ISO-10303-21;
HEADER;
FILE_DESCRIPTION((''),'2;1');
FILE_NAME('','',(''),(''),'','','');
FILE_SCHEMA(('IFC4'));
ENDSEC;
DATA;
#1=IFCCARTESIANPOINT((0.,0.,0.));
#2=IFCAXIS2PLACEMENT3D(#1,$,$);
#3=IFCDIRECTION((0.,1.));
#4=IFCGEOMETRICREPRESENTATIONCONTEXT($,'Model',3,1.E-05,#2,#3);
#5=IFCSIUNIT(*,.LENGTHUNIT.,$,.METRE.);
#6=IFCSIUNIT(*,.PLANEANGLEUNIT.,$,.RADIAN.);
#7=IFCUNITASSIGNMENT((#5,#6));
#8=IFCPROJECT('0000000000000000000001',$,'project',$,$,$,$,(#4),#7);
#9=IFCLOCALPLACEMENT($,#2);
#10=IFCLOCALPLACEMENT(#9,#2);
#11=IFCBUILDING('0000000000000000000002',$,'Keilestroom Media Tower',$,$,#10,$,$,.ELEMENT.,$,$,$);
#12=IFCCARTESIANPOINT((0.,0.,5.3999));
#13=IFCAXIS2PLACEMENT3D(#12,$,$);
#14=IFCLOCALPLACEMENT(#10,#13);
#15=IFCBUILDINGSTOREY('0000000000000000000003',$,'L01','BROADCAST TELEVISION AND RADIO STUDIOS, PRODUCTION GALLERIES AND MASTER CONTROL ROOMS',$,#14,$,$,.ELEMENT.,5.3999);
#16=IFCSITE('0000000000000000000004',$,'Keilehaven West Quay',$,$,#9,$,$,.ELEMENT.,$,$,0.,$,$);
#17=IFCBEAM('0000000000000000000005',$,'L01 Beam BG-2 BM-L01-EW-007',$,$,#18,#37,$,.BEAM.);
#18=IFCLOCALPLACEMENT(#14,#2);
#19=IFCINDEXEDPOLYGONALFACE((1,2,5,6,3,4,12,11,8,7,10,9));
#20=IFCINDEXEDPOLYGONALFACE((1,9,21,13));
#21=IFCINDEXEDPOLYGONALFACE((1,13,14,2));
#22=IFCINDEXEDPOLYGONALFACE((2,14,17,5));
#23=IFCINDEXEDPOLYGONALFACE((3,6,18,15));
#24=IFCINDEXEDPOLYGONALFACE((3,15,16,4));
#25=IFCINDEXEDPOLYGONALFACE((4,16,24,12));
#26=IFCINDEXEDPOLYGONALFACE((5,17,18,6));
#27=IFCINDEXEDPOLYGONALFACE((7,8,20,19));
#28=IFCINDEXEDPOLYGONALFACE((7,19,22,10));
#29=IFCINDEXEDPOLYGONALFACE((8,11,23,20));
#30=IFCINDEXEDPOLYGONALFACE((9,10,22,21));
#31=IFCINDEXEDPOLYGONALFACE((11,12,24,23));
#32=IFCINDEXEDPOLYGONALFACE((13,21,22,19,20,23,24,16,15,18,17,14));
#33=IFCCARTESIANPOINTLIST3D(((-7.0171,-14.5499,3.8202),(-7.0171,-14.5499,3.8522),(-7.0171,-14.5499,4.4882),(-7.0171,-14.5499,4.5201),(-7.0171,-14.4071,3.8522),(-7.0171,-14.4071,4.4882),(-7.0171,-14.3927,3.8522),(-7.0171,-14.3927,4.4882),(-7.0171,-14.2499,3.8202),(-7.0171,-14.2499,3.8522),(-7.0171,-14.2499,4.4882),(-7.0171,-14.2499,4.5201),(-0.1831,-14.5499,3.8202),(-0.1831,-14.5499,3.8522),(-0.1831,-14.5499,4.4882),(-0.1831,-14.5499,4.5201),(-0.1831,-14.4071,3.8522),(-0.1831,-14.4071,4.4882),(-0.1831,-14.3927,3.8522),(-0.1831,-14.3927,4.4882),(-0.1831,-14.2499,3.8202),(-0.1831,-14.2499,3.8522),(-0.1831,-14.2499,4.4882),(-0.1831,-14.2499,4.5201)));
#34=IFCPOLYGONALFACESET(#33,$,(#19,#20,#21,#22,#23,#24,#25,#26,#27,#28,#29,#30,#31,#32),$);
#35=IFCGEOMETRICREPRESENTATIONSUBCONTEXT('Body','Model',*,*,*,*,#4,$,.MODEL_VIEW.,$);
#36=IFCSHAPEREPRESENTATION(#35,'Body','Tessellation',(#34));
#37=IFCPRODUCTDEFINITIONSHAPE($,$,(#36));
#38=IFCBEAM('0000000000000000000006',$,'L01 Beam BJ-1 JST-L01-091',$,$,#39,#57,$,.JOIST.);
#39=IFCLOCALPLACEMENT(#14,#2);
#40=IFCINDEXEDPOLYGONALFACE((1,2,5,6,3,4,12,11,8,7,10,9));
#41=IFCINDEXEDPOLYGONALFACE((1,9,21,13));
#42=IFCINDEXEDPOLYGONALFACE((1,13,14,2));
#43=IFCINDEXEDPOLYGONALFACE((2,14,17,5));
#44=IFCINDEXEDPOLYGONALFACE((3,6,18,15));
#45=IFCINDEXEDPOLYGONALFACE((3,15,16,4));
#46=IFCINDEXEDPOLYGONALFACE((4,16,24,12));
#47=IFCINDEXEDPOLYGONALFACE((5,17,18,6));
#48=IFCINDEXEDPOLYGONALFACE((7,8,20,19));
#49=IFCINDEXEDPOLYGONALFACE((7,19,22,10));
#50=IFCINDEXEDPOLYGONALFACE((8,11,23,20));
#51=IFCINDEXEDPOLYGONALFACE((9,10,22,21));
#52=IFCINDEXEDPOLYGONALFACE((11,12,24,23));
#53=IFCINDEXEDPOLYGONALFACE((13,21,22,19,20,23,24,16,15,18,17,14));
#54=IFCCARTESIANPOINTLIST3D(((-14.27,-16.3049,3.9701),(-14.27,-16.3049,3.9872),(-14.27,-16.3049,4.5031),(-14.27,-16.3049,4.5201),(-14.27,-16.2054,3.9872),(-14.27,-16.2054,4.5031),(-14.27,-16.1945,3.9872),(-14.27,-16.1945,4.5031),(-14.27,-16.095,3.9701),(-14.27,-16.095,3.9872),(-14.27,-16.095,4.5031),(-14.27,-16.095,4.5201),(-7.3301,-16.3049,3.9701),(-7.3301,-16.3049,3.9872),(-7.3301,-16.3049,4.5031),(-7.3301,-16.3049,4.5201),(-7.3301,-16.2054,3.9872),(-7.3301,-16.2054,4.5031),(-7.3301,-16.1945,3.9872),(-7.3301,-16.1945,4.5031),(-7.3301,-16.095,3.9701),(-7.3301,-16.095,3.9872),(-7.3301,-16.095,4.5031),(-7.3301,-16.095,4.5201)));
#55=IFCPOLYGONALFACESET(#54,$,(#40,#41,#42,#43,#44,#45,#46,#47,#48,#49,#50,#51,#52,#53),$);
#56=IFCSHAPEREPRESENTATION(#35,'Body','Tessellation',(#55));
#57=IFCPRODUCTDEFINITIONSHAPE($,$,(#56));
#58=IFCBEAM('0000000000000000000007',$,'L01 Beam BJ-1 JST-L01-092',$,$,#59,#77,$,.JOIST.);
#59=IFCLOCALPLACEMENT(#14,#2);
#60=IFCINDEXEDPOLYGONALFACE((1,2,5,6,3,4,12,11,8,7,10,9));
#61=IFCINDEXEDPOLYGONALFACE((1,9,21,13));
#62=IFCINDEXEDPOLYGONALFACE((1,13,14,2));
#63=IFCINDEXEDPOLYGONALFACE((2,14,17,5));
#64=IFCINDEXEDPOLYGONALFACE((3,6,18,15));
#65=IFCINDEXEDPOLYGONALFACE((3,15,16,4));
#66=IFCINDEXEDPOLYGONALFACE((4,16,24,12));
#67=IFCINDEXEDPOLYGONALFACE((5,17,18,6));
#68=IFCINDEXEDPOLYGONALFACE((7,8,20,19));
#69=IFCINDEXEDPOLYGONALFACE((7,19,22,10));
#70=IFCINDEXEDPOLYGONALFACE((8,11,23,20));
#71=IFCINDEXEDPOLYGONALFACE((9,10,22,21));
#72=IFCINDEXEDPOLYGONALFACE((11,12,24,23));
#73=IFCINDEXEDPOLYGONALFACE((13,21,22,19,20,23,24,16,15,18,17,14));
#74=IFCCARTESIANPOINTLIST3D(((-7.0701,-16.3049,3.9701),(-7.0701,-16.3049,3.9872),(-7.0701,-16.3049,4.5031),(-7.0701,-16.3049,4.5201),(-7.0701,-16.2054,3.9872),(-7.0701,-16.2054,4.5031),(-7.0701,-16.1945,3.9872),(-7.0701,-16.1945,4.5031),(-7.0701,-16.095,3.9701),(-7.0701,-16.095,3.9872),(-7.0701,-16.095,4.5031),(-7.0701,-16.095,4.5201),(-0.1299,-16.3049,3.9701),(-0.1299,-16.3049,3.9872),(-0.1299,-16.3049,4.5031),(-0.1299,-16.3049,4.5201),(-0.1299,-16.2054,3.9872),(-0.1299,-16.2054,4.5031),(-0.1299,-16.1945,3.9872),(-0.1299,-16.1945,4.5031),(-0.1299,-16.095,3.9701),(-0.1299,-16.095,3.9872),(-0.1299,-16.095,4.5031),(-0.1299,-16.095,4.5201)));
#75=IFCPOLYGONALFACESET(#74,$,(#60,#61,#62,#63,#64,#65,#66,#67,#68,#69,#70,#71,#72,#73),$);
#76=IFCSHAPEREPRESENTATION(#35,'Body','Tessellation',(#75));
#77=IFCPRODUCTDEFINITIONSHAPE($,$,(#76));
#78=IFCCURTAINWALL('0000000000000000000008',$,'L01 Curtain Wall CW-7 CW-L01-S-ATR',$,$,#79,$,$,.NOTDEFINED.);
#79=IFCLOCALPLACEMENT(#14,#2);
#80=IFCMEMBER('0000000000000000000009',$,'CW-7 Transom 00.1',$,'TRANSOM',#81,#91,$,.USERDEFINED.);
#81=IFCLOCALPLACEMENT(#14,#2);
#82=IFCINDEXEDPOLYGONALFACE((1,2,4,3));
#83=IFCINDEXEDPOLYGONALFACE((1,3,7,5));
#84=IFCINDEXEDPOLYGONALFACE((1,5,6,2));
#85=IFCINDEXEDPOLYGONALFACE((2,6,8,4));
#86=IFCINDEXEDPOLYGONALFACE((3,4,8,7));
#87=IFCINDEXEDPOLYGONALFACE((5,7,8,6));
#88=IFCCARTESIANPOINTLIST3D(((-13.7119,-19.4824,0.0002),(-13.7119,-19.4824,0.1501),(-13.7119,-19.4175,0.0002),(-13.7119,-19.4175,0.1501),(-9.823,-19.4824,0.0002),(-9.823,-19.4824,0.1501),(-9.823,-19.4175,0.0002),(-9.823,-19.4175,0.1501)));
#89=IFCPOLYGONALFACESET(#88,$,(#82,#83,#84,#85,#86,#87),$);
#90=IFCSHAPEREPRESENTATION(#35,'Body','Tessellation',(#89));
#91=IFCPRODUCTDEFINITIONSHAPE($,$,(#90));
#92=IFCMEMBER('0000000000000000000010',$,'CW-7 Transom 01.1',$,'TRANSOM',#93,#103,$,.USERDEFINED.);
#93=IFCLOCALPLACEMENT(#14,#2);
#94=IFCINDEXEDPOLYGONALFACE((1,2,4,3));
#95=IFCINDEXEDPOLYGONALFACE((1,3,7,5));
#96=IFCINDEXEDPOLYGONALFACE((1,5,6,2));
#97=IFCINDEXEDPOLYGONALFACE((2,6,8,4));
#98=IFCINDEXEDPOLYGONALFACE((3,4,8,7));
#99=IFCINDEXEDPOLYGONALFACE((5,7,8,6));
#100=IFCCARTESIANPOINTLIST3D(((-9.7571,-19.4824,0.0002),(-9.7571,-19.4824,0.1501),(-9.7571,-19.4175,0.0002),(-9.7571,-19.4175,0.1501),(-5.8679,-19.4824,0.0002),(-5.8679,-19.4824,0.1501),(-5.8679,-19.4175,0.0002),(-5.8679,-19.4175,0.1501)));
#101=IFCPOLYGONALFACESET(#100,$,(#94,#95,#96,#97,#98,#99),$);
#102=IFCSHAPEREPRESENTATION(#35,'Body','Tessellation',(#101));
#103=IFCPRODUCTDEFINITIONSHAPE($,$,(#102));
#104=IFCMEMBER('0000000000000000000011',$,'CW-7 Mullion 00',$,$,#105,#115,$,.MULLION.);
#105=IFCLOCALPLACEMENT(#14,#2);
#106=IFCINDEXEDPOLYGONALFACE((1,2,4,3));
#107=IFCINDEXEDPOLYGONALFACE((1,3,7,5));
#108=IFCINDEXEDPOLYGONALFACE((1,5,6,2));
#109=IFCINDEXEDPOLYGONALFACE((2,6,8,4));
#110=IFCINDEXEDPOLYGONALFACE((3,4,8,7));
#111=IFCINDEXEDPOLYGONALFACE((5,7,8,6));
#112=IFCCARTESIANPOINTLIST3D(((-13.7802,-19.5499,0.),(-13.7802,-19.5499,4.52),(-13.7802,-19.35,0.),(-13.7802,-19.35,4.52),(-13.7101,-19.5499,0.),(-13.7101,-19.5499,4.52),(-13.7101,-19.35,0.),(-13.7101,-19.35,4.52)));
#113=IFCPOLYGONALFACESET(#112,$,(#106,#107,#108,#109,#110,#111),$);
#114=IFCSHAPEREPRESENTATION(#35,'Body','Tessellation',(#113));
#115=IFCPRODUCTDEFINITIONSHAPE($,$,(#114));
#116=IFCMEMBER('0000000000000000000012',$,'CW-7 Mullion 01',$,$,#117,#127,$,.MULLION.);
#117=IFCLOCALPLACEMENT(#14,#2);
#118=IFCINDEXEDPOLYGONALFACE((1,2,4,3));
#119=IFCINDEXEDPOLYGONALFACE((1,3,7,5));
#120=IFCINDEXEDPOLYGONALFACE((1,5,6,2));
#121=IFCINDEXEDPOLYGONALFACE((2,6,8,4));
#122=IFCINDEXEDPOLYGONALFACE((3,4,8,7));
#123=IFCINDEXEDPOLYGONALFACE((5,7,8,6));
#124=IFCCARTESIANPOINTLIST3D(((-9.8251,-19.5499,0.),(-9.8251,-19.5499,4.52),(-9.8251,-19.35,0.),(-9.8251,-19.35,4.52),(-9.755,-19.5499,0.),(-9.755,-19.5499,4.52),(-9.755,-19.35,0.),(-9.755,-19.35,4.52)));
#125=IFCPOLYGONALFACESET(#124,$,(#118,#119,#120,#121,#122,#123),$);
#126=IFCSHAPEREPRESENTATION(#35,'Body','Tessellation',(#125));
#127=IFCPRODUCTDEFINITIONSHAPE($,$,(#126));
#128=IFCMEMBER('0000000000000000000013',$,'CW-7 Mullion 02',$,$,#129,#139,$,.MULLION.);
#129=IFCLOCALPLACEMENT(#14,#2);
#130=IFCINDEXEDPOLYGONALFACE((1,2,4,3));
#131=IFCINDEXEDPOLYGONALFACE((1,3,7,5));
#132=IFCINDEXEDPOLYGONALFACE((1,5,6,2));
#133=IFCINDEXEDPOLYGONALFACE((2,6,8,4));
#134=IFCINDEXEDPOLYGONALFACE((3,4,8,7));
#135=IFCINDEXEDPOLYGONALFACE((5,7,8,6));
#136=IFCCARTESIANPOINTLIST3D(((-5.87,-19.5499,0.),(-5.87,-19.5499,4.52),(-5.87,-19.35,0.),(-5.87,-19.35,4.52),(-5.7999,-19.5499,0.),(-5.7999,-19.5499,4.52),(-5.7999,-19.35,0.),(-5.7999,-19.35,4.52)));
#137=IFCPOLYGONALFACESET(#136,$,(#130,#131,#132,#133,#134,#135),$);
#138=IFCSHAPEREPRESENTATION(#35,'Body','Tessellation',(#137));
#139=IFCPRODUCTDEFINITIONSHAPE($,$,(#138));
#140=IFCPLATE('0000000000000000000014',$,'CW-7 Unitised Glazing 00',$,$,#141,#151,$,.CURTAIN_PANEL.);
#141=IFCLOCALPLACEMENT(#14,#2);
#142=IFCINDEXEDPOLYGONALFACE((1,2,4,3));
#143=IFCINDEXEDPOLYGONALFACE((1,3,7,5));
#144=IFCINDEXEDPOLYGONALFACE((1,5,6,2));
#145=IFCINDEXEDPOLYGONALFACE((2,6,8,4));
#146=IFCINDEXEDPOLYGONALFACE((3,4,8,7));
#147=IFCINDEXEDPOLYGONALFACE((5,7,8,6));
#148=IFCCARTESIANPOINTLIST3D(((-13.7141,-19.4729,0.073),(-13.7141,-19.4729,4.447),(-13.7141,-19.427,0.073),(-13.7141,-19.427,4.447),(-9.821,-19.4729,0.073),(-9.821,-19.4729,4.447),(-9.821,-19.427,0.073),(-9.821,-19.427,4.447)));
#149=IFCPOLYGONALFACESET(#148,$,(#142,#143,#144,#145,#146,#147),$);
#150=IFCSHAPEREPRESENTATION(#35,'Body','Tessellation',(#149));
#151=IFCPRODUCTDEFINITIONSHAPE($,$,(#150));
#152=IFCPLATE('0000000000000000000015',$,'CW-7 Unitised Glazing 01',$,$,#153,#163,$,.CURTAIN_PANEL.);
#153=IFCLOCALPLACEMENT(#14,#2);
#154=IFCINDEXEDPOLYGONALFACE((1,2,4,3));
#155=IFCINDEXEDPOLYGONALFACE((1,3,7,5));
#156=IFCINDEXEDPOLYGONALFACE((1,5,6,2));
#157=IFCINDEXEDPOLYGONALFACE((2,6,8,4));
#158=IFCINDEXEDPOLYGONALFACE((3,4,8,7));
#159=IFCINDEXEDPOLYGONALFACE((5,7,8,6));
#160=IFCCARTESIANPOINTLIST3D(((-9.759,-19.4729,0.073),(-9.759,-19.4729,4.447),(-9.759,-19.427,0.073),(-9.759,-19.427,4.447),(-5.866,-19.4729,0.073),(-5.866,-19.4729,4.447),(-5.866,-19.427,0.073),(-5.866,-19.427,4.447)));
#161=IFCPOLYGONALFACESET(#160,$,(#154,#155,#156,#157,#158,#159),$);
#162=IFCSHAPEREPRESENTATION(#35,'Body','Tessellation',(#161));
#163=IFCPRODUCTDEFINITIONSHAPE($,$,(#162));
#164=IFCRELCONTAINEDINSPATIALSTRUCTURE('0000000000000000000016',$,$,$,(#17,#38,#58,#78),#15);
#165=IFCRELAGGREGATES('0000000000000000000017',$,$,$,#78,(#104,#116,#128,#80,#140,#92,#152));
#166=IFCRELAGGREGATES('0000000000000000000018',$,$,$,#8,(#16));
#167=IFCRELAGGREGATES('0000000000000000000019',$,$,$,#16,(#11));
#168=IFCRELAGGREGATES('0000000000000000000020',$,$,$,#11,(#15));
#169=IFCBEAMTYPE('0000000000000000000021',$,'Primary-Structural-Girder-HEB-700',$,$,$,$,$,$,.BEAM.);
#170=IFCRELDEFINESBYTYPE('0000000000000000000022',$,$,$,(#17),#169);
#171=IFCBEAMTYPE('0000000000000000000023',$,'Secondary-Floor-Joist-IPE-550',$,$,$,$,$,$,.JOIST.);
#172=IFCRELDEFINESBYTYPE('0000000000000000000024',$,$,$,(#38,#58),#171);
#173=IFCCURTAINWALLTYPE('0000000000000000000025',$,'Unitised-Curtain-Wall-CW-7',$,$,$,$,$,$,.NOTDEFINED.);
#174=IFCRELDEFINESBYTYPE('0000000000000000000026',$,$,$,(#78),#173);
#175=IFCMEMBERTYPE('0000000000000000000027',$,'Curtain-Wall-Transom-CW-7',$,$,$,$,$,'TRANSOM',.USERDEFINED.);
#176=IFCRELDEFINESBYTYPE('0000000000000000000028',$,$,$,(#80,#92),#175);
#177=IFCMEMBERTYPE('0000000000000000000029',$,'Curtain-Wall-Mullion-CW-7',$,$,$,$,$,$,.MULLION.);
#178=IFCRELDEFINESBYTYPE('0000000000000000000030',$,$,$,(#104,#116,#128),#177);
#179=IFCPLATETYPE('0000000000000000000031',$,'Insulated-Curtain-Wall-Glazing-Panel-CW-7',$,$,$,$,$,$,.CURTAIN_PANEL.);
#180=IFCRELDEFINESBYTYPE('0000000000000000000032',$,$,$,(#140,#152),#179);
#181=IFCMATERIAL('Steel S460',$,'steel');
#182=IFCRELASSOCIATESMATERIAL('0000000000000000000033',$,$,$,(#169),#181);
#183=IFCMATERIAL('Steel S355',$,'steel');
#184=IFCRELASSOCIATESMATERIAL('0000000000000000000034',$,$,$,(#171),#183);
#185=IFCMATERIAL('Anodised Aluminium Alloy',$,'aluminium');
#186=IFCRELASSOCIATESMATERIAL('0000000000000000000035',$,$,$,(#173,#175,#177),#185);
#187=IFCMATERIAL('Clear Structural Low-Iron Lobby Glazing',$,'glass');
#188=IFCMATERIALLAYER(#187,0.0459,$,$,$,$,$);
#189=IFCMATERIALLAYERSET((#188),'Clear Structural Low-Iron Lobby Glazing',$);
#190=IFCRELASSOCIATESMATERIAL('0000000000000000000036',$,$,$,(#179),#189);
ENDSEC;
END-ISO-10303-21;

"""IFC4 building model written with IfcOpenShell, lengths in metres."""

from ifc_helpers import new_model, si_unit, direction, frame, origin, origin_2d, place, context, subcontext, project, spatial, rectangle, i_section, extrude, source, transform, mapped, material, layer, layer_set, material_profile, profile_set, type_object, element, aggregate, save


model = new_model("IFC4")

# Units and contexts
model_context = context("Model", 3, precision=1e-05, world=origin(), true_north=direction((0.0, 1.0)))
body_context = subcontext(model_context, "Body", "Model", "MODEL_VIEW")
ifc_project = project(units=[si_unit("LENGTHUNIT", "METRE"), si_unit("PLANEANGLEUNIT", "RADIAN")], contexts=[model_context])

# Site, building, storey
site_placement = place(None, origin())
site = spatial("IfcSite", under=ifc_project, at=site_placement, Name="Keilehaven West Quay", CompositionType="ELEMENT", RefElevation=0.0)
building_placement = place(site_placement, origin())
building = spatial("IfcBuilding", under=site, at=building_placement, Name="Keilestroom Media Tower", CompositionType="ELEMENT")
storey_placement = place(building_placement, frame((0.0, 0.0, 5.3999)))
storey = spatial("IfcBuildingStorey", under=building, at=storey_placement, Name="L01", Description="BROADCAST TELEVISION AND RADIO STUDIOS, PRODUCTION GALLERIES AND MASTER CONTROL ROOMS", CompositionType="ELEMENT", Elevation=5.3999)

# Shared definitions
ifc_material_1 = material(Name="Steel S460", Category="steel")

# Beams
ifc_material_2 = material(Name="Steel S355", Category="steel")
ifc_material_profile_1 = material_profile(ifc_material_1, i_section(OverallWidth=0.3, OverallDepth=0.7, WebThickness=0.0144, FlangeThickness=0.032, at=origin_2d()), Name="HEB 700")
ifc_profile_set_1 = profile_set([ifc_material_profile_1], Name="Steel S460")
beam_type_1 = type_object("IfcBeamType", Name="Primary-Structural-Girder-HEB-700", PredefinedType="BEAM", material=ifc_profile_set_1)
shared_shape_1 = source(origin(), body_context, "Body", "SweptSolid", [
    extrude(i_section(OverallWidth=0.3, OverallDepth=0.7, WebThickness=0.0144, FlangeThickness=0.032, at=origin_2d()), origin(), (0.0, 0.0, 1.0), 6.834),
])
beam_1_placement = place(storey_placement, frame((-7.0171, -14.3999, 4.1702), z_axis=(1.0, 0.0, 0.0), x_axis=(0.0, 1.0, 0.0)))
element("IfcBeam", 1, at=beam_1_placement, inside=storey, type_object=beam_type_1, Name="L01 Beam BG-2 BM-L01-EW-007", PredefinedType="BEAM", context=body_context, shape_type="MappedRepresentation", body=[
    mapped(shared_shape_1, transform((0.0, 0.0, 0.0), x_axis=(1.0, 0.0, 0.0), y_axis=(0.0, 1.0, 0.0), z_axis=(0.0, 0.0, 1.0), scale=1.0)),
])
ifc_material_profile_2 = material_profile(ifc_material_2, i_section(OverallWidth=0.21, OverallDepth=0.55, WebThickness=0.011, FlangeThickness=0.0171, at=origin_2d()), Name="IPE 550")
ifc_profile_set_2 = profile_set([ifc_material_profile_2], Name="Steel S355")
beam_type_2 = type_object("IfcBeamType", Name="Secondary-Floor-Joist-IPE-550", PredefinedType="JOIST", material=ifc_profile_set_2)
shared_shape_2 = source(origin(), body_context, "Body", "SweptSolid", [
    extrude(i_section(OverallWidth=0.21, OverallDepth=0.55, WebThickness=0.011, FlangeThickness=0.0171, at=origin_2d()), origin(), (0.0, 0.0, 1.0), 6.9399),
])
beam_2_placement = place(storey_placement, frame((-14.27, -16.2, 4.2451), z_axis=(1.0, 0.0, 0.0), x_axis=(0.0, 1.0, 0.0)))
element("IfcBeam", 2, at=beam_2_placement, inside=storey, type_object=beam_type_2, Name="L01 Beam BJ-1 JST-L01-091", PredefinedType="JOIST", context=body_context, shape_type="MappedRepresentation", body=[
    mapped(shared_shape_2, transform((0.0, 0.0, 0.0), x_axis=(1.0, 0.0, 0.0), y_axis=(0.0, 1.0, 0.0), z_axis=(0.0, 0.0, 1.0), scale=1.0)),
])
shared_shape_3 = source(origin(), body_context, "Body", "SweptSolid", [
    extrude(i_section(OverallWidth=0.21, OverallDepth=0.55, WebThickness=0.011, FlangeThickness=0.0171, at=origin_2d()), origin(), (0.0, 0.0, 1.0), 6.9402),
])
beam_3_placement = place(storey_placement, frame((-7.0701, -16.2, 4.2451), z_axis=(1.0, 0.0, 0.0), x_axis=(0.0, 1.0, 0.0)))
element("IfcBeam", 3, at=beam_3_placement, inside=storey, type_object=beam_type_2, Name="L01 Beam BJ-1 JST-L01-092", PredefinedType="JOIST", context=body_context, shape_type="MappedRepresentation", body=[
    mapped(shared_shape_3, transform((0.0, 0.0, 0.0), x_axis=(1.0, 0.0, 0.0), y_axis=(0.0, 1.0, 0.0), z_axis=(0.0, 0.0, 1.0), scale=1.0)),
])

# Curtain wall, members, plates
ifc_material_3 = material(Name="Anodised Aluminium Alloy", Category="aluminium")
curtain_wall_type = type_object("IfcCurtainWallType", Name="Unitised-Curtain-Wall-CW-7", PredefinedType="NOTDEFINED", material=ifc_material_3)
curtain_wall_placement = place(storey_placement, origin())
curtain_wall = element("IfcCurtainWall", 4, at=curtain_wall_placement, inside=storey, type_object=curtain_wall_type, Name="L01 Curtain Wall CW-7 CW-L01-S-ATR", PredefinedType="NOTDEFINED")
ifc_material_profile_3 = material_profile(ifc_material_3, rectangle(XDim=0.0649, YDim=0.1499, at=origin_2d()), Name="ALU TRANSOM 65x150")
ifc_profile_set_3 = profile_set([ifc_material_profile_3], Name="Anodised Aluminium Alloy")
member_type_1 = type_object("IfcMemberType", Name="Curtain-Wall-Transom-CW-7", ElementType="TRANSOM", PredefinedType="USERDEFINED", material=ifc_profile_set_3)
shared_shape_4 = source(origin(), body_context, "Body", "SweptSolid", [
    extrude(rectangle(XDim=0.0649, YDim=0.1499, at=origin_2d()), origin(), (0.0, 0.0, 1.0), 3.8889),
])
member_1_placement = place(storey_placement, frame((-13.7119, -19.45, 0.0752), z_axis=(1.0, 0.0, 0.0), x_axis=(0.0, 1.0, 0.0)))
member_1 = element("IfcMember", 5, at=member_1_placement, type_object=member_type_1, Name="CW-7 Transom 00.1", ObjectType="TRANSOM", PredefinedType="USERDEFINED", context=body_context, shape_type="MappedRepresentation", body=[
    mapped(shared_shape_4, transform((0.0, 0.0, 0.0), x_axis=(1.0, 0.0, 0.0), y_axis=(0.0, 1.0, 0.0), z_axis=(0.0, 0.0, 1.0), scale=1.0)),
])
shared_shape_5 = source(origin(), body_context, "Body", "SweptSolid", [
    extrude(rectangle(XDim=0.0649, YDim=0.1499, at=origin_2d()), origin(), (0.0, 0.0, 1.0), 3.8892),
])
member_2_placement = place(storey_placement, frame((-9.7571, -19.45, 0.0752), z_axis=(1.0, 0.0, 0.0), x_axis=(0.0, 1.0, 0.0)))
member_2 = element("IfcMember", 6, at=member_2_placement, type_object=member_type_1, Name="CW-7 Transom 01.1", ObjectType="TRANSOM", PredefinedType="USERDEFINED", context=body_context, shape_type="MappedRepresentation", body=[
    mapped(shared_shape_5, transform((0.0, 0.0, 0.0), x_axis=(1.0, 0.0, 0.0), y_axis=(0.0, 1.0, 0.0), z_axis=(0.0, 0.0, 1.0), scale=1.0)),
])
ifc_material_profile_4 = material_profile(ifc_material_3, rectangle(XDim=0.0701, YDim=0.2, at=origin_2d()), Name="ALU MULLION 70x200")
ifc_profile_set_4 = profile_set([ifc_material_profile_4], Name="Anodised Aluminium Alloy")
member_type_2 = type_object("IfcMemberType", Name="Curtain-Wall-Mullion-CW-7", PredefinedType="MULLION", material=ifc_profile_set_4)
shared_shape_6 = source(origin(), body_context, "Body", "SweptSolid", [
    extrude(rectangle(XDim=0.0701, YDim=0.2, at=origin_2d()), origin(), (0.0, 0.0, 1.0), 4.52),
])
member_3_placement = place(storey_placement, frame((-13.7451, -19.45, 0.0), z_axis=(0.0, 0.0, 1.0), x_axis=(1.0, 0.0, 0.0)))
member_3 = element("IfcMember", 7, at=member_3_placement, type_object=member_type_2, Name="CW-7 Mullion 00", PredefinedType="MULLION", context=body_context, shape_type="MappedRepresentation", body=[
    mapped(shared_shape_6, transform((0.0, 0.0, 0.0), x_axis=(1.0, 0.0, 0.0), y_axis=(0.0, 1.0, 0.0), z_axis=(0.0, 0.0, 1.0), scale=1.0)),
])
member_4_placement = place(storey_placement, frame((-9.79, -19.45, 0.0), z_axis=(0.0, 0.0, 1.0), x_axis=(1.0, 0.0, 0.0)))
member_4 = element("IfcMember", 8, at=member_4_placement, type_object=member_type_2, Name="CW-7 Mullion 01", PredefinedType="MULLION", context=body_context, shape_type="MappedRepresentation", body=[
    mapped(shared_shape_6, transform((0.0, 0.0, 0.0), x_axis=(1.0, 0.0, 0.0), y_axis=(0.0, 1.0, 0.0), z_axis=(0.0, 0.0, 1.0), scale=1.0)),
])
member_5_placement = place(storey_placement, frame((-5.835, -19.45, 0.0), z_axis=(0.0, 0.0, 1.0), x_axis=(1.0, 0.0, 0.0)))
member_5 = element("IfcMember", 9, at=member_5_placement, type_object=member_type_2, Name="CW-7 Mullion 02", PredefinedType="MULLION", context=body_context, shape_type="MappedRepresentation", body=[
    mapped(shared_shape_6, transform((0.0, 0.0, 0.0), x_axis=(1.0, 0.0, 0.0), y_axis=(0.0, 1.0, 0.0), z_axis=(0.0, 0.0, 1.0), scale=1.0)),
])
ifc_material_4 = material(Name="Clear Structural Low-Iron Lobby Glazing", Category="glass")
ifc_layer_1 = layer(ifc_material_4, 0.0459)
ifc_layer_set_1 = layer_set([ifc_layer_1], Name="Clear Structural Low-Iron Lobby Glazing")
plate_type = type_object("IfcPlateType", Name="Insulated-Curtain-Wall-Glazing-Panel-CW-7", PredefinedType="CURTAIN_PANEL", material=ifc_layer_set_1)
shared_shape_7 = source(origin(), body_context, "Body", "SweptSolid", [
    extrude(rectangle(XDim=3.8931, YDim=0.0459, at=origin_2d()), origin(), (0.0, 0.0, 1.0), 4.374),
])
plate_1_placement = place(storey_placement, frame((-11.7676, -19.45, 0.073), z_axis=(0.0, 0.0, 1.0), x_axis=(1.0, 0.0, 0.0)))
plate_1 = element("IfcPlate", 10, at=plate_1_placement, type_object=plate_type, Name="CW-7 Unitised Glazing 00", PredefinedType="CURTAIN_PANEL", context=body_context, shape_type="MappedRepresentation", body=[
    mapped(shared_shape_7, transform((0.0, 0.0, 0.0), x_axis=(1.0, 0.0, 0.0), y_axis=(0.0, 1.0, 0.0), z_axis=(0.0, 0.0, 1.0), scale=1.0)),
])
plate_2_placement = place(storey_placement, frame((-7.8125, -19.45, 0.073), z_axis=(0.0, 0.0, 1.0), x_axis=(1.0, 0.0, 0.0)))
plate_2 = element("IfcPlate", 11, at=plate_2_placement, type_object=plate_type, Name="CW-7 Unitised Glazing 01", PredefinedType="CURTAIN_PANEL", context=body_context, shape_type="MappedRepresentation", body=[
    mapped(shared_shape_7, transform((0.0, 0.0, 0.0), x_axis=(1.0, 0.0, 0.0), y_axis=(0.0, 1.0, 0.0), z_axis=(0.0, 0.0, 1.0), scale=1.0)),
])
aggregate(curtain_wall, [member_3, member_4, member_5, member_1, plate_1, member_2, plate_2])

save(model, "model.ifc")
